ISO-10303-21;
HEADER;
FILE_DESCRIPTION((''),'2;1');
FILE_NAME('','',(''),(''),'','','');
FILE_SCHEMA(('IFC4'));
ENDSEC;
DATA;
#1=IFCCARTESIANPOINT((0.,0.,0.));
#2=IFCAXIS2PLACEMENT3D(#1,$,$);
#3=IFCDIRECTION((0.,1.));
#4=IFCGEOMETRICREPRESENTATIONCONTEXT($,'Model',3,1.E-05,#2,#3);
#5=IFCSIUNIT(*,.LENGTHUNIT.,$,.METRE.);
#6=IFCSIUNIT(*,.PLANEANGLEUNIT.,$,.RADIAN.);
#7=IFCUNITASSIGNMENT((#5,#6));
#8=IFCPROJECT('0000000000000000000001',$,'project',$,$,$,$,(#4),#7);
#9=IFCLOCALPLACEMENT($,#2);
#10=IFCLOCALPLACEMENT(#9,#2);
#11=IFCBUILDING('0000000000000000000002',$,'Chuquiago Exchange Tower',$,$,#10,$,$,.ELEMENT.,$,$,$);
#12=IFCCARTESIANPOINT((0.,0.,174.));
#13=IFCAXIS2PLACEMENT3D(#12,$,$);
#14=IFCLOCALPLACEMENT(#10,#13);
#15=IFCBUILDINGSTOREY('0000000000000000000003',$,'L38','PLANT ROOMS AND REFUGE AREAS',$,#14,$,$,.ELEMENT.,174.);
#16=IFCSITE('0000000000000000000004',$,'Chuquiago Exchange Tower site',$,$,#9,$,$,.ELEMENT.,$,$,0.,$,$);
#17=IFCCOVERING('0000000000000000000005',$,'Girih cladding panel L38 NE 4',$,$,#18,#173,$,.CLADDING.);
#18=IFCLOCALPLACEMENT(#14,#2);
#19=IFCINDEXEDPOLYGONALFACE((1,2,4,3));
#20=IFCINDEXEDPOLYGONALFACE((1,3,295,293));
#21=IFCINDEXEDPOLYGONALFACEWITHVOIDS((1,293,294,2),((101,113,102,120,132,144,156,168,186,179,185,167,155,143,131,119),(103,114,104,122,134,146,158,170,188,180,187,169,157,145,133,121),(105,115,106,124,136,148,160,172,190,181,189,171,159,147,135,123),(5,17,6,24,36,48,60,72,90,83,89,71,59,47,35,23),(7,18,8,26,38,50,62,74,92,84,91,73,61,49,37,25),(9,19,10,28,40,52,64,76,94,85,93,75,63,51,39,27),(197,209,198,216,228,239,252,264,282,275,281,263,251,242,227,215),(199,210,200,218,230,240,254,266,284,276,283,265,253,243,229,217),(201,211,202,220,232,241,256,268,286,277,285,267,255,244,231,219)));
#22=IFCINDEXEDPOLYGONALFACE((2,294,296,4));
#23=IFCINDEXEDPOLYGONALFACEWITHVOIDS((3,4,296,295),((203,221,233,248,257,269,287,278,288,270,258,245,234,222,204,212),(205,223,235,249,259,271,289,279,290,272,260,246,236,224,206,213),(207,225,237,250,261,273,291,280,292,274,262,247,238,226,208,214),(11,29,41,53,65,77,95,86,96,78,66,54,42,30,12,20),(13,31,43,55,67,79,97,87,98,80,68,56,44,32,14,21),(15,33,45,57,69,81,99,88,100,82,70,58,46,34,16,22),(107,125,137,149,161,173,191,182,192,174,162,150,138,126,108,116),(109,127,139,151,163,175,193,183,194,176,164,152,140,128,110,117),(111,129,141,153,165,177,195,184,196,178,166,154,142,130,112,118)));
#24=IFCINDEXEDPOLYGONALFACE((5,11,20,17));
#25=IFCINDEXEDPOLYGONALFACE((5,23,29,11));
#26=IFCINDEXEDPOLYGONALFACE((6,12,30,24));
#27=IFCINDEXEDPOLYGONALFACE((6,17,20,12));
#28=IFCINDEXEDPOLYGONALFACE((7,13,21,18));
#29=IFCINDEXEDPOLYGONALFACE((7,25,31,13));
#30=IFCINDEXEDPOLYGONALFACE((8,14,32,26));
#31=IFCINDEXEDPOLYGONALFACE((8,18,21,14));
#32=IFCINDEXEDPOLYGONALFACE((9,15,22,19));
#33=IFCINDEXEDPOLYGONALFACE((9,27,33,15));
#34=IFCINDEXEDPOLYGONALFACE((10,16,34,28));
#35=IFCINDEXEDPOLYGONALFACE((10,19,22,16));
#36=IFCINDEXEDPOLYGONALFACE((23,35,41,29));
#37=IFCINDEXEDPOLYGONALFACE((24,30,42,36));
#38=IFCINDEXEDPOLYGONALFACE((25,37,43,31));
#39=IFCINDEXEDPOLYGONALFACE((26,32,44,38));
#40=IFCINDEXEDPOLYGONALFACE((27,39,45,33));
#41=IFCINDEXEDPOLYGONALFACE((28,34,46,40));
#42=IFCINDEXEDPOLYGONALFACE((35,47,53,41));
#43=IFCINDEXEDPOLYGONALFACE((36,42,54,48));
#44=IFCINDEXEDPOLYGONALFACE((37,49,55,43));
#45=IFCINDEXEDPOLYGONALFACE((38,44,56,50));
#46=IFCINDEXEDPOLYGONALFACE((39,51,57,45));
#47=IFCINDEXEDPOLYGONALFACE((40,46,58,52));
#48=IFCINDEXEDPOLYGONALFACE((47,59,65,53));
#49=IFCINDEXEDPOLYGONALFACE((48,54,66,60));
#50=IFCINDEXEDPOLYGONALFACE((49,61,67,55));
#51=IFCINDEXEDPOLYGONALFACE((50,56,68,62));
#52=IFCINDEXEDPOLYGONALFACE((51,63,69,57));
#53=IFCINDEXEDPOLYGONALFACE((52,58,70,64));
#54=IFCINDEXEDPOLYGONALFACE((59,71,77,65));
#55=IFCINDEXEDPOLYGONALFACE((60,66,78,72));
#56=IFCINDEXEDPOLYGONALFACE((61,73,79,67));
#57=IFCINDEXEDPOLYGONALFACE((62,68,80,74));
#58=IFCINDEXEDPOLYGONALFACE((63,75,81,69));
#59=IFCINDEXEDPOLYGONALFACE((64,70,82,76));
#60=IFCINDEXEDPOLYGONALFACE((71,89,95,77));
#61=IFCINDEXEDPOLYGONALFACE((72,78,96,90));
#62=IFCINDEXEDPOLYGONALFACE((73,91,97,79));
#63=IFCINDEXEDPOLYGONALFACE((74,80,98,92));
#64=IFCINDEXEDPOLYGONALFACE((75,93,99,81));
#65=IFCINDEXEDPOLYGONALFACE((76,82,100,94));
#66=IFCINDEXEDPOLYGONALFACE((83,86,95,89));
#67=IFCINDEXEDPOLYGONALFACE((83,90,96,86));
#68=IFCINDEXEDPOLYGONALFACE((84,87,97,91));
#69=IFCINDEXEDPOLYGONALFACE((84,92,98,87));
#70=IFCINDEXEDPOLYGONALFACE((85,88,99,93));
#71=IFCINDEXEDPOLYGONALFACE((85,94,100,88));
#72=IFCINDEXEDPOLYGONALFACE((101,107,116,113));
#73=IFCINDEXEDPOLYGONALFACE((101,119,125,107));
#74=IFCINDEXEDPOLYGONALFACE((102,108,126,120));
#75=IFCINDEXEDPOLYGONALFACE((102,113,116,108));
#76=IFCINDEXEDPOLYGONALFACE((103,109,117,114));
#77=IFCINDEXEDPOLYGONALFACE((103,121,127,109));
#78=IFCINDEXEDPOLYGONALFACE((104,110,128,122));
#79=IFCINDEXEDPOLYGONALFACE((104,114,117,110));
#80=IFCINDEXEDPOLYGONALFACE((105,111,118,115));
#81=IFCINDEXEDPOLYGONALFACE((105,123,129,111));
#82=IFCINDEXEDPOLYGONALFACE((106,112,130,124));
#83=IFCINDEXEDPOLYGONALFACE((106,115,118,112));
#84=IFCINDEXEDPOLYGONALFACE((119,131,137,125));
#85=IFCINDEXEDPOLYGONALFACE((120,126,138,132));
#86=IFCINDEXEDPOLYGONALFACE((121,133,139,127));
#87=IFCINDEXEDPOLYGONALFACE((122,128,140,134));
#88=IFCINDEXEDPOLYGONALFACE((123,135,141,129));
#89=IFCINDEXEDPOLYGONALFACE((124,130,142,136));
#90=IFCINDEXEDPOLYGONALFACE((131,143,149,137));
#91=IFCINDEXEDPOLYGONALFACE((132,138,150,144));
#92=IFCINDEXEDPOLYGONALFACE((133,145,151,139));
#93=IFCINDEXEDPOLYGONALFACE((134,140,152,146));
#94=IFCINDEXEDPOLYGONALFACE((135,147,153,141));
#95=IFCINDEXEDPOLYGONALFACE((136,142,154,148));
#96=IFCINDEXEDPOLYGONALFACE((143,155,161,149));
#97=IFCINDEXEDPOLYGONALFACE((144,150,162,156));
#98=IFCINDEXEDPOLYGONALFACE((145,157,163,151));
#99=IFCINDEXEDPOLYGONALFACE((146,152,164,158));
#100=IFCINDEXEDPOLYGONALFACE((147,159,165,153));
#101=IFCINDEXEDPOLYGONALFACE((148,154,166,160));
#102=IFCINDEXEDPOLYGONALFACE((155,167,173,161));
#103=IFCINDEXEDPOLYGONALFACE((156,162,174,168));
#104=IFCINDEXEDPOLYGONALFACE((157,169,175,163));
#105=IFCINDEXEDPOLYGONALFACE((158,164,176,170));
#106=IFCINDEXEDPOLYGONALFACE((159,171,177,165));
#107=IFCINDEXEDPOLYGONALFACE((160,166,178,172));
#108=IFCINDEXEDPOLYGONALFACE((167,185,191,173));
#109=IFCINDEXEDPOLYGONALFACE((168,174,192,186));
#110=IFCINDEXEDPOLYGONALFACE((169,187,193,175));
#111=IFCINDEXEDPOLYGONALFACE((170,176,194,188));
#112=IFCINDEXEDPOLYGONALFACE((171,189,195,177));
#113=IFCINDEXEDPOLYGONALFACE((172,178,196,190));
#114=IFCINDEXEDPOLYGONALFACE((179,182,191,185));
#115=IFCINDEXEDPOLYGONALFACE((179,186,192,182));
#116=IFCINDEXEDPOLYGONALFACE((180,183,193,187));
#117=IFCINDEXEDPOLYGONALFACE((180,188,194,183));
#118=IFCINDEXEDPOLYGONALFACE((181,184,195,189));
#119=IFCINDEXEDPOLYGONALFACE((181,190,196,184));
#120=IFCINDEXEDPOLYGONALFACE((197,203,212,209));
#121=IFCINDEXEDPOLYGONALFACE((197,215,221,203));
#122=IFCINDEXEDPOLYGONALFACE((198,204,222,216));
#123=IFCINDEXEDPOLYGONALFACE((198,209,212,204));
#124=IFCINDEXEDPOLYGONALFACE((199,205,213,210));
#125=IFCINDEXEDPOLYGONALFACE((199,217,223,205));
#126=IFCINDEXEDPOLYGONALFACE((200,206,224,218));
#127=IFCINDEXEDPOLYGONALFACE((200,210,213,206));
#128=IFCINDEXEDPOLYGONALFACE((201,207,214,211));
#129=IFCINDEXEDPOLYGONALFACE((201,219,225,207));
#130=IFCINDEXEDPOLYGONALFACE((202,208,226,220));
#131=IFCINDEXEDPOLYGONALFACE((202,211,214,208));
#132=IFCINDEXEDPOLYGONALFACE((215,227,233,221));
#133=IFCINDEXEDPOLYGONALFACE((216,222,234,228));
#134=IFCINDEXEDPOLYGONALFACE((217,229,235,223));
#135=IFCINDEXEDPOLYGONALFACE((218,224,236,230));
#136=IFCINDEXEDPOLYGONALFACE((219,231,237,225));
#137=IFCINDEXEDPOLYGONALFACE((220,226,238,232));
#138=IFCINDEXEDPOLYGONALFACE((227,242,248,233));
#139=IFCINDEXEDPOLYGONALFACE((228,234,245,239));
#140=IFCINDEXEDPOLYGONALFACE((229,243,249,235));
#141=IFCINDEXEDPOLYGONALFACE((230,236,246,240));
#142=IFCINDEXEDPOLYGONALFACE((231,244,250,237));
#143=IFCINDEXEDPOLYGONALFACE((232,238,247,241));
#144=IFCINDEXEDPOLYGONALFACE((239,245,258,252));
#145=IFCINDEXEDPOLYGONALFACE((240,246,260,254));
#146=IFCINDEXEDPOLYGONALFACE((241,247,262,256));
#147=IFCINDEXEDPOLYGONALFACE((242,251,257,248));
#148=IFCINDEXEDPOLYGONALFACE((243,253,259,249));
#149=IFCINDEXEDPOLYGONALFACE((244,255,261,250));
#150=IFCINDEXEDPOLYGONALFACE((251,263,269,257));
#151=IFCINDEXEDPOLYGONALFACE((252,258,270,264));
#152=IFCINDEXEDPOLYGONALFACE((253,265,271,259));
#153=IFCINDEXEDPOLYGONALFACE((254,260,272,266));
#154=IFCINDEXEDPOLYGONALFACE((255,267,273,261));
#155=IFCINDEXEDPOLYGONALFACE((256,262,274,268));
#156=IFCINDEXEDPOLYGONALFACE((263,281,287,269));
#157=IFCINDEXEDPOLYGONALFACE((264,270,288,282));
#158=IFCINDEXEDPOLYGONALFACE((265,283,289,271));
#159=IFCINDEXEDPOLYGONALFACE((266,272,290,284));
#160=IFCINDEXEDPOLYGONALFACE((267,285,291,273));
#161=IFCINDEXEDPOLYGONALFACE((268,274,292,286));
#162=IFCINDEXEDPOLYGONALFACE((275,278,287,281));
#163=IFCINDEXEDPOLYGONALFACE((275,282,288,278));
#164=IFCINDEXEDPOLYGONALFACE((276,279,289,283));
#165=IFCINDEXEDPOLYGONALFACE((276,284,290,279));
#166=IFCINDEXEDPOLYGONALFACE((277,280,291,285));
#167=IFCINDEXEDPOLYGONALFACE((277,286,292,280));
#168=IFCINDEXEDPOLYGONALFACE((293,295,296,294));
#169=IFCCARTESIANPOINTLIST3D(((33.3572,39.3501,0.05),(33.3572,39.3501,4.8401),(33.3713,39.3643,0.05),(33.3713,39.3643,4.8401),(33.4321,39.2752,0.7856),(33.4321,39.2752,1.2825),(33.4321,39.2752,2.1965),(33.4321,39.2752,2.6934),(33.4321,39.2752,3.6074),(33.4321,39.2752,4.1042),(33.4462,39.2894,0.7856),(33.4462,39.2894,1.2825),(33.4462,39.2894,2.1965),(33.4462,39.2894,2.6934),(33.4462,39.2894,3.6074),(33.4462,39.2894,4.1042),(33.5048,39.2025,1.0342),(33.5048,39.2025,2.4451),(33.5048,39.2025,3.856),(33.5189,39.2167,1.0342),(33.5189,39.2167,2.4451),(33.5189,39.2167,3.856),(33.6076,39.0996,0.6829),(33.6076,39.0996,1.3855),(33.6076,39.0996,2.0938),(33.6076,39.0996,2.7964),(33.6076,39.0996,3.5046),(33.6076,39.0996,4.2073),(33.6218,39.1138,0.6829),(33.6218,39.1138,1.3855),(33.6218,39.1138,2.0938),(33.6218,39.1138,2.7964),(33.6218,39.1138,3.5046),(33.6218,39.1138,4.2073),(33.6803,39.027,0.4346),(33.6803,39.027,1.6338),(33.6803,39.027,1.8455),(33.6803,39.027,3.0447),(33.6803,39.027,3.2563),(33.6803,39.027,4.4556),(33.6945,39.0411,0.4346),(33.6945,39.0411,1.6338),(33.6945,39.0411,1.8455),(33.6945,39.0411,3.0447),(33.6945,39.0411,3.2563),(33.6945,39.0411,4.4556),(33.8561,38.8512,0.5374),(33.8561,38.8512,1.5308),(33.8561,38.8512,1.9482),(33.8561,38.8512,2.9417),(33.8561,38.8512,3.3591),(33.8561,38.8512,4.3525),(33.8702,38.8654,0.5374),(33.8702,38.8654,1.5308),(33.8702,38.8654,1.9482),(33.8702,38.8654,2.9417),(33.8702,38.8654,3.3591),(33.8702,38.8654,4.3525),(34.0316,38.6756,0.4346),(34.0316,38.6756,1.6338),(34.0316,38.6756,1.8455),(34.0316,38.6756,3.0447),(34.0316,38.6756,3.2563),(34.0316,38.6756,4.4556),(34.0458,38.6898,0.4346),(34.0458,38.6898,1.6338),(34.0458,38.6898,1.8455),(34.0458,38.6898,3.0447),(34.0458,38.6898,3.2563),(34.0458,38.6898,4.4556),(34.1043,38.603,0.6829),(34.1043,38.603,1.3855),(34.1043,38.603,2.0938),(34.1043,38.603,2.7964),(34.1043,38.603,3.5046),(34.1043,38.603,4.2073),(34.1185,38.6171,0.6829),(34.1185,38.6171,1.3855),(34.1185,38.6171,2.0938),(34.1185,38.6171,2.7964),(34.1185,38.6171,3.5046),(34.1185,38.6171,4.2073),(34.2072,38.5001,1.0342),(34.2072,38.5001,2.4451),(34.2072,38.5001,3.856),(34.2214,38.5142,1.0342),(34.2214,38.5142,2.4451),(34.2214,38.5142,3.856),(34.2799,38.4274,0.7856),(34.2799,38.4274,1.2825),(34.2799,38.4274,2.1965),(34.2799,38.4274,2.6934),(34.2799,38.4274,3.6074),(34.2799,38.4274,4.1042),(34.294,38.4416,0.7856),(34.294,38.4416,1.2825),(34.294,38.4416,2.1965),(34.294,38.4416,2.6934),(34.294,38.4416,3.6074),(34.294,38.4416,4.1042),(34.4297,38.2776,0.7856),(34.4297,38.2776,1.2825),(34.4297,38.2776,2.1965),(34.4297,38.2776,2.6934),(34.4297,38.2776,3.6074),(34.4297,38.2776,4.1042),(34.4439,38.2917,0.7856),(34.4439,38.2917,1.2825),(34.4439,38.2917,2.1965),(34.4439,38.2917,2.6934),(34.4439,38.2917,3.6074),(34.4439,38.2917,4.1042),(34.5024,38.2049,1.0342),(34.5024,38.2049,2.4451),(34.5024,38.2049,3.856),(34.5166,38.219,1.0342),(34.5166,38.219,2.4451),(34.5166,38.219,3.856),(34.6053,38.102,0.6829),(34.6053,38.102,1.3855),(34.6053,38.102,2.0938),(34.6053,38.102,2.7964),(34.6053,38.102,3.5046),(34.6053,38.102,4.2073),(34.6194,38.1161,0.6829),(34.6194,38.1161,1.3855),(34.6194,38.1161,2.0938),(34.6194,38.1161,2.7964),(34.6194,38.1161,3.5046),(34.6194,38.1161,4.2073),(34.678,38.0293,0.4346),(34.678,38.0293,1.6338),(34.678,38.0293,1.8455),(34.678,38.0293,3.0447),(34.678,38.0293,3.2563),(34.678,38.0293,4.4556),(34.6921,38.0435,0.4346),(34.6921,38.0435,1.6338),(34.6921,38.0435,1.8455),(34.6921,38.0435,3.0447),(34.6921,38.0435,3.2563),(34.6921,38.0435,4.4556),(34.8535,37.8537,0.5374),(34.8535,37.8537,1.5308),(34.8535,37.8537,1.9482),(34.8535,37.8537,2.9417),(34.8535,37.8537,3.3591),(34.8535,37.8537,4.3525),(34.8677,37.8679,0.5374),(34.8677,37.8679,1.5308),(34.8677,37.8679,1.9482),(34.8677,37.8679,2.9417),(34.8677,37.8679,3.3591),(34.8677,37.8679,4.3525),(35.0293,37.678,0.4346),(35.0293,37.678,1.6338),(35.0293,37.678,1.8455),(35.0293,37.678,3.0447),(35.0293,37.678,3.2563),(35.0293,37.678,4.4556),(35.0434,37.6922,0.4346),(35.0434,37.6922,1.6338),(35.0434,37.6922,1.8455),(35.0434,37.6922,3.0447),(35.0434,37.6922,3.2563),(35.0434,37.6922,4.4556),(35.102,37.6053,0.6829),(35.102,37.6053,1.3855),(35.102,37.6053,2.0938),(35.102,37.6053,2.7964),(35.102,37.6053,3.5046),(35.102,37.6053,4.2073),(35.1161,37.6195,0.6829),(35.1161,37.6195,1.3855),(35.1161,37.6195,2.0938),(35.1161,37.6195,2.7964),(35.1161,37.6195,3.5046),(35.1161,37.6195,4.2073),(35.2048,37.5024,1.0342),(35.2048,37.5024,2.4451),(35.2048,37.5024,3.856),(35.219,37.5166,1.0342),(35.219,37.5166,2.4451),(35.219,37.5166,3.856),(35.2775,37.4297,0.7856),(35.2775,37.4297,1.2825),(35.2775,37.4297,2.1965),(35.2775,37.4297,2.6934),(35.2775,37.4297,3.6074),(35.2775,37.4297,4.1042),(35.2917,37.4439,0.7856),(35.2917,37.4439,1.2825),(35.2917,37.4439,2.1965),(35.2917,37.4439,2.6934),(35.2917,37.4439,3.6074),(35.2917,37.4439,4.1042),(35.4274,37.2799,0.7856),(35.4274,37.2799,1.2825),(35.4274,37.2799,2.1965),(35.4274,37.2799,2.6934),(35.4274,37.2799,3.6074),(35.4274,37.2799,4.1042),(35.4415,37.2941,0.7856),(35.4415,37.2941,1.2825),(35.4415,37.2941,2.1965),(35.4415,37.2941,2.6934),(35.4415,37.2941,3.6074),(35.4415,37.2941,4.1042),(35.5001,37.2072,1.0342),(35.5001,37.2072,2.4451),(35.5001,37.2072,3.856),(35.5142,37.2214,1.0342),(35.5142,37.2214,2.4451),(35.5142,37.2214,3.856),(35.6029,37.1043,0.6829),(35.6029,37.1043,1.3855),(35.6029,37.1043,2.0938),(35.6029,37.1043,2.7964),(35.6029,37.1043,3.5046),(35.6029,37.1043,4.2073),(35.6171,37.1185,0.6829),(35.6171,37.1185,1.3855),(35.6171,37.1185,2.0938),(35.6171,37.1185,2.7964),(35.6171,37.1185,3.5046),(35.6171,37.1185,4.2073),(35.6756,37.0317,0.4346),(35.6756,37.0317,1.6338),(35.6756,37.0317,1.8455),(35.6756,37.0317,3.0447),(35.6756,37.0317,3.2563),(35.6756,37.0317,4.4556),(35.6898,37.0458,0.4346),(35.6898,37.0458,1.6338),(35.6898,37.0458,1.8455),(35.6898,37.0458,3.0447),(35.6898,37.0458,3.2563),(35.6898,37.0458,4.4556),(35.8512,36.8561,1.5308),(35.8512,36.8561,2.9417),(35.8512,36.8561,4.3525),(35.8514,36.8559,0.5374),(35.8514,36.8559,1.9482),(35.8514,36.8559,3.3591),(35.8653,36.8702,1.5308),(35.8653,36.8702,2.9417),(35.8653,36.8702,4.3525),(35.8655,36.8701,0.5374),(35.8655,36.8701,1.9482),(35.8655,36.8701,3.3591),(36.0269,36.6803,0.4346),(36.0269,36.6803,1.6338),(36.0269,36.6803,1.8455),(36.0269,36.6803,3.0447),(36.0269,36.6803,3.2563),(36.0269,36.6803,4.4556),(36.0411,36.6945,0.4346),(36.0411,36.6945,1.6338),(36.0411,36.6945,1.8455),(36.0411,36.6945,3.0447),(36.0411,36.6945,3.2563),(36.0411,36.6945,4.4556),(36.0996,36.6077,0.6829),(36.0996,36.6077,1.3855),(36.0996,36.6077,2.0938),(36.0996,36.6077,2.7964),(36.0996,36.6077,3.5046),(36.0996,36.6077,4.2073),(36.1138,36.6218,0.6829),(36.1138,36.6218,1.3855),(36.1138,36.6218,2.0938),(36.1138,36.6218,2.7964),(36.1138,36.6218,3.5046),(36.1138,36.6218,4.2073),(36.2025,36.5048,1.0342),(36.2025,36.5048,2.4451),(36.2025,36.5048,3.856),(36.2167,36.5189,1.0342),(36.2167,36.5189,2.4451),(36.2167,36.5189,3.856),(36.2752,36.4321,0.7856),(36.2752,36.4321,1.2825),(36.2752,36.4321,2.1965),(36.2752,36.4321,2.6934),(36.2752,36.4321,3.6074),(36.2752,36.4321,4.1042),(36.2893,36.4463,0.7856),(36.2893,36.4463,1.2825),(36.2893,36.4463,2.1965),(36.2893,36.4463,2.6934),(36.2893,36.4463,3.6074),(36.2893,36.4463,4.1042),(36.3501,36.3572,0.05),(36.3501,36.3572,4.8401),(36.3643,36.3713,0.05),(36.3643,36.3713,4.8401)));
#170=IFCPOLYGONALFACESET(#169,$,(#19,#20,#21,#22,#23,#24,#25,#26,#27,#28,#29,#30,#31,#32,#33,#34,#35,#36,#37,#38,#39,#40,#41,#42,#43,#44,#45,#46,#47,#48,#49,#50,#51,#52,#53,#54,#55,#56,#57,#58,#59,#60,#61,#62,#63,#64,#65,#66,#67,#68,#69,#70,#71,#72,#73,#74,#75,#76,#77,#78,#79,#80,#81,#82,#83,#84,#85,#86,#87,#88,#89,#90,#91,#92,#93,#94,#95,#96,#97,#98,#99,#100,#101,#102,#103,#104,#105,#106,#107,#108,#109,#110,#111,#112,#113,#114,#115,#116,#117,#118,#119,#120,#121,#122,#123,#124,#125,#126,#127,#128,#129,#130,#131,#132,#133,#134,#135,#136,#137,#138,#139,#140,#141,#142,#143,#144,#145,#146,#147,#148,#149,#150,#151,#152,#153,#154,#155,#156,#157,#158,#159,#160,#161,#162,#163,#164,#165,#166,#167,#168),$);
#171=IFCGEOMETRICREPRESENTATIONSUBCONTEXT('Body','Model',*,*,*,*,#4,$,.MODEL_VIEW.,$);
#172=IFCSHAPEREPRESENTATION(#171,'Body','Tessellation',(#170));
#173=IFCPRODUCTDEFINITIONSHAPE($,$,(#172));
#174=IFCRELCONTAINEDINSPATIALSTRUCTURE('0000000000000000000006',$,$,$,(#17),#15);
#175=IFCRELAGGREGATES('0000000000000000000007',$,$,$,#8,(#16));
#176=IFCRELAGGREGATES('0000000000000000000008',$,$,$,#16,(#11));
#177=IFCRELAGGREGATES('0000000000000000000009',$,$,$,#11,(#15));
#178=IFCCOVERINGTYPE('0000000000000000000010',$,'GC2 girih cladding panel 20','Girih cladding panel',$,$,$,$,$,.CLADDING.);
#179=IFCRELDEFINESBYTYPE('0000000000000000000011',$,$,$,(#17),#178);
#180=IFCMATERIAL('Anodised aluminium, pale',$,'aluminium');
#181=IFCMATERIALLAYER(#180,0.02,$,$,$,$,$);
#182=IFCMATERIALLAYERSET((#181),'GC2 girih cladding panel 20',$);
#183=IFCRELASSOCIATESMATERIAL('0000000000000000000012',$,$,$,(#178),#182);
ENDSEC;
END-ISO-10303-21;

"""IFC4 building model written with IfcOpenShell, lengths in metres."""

from ifc_helpers import new_model, si_unit, direction, frame, origin, place, context, subcontext, project, spatial, polyline, outline, extrude, material, layer, layer_set, type_object, element, save


model = new_model("IFC4")

# Units and contexts
model_context = context("Model", 3, precision=1e-05, world=origin(), true_north=direction((0.0, 1.0)))
body_context = subcontext(model_context, "Body", "Model", "MODEL_VIEW")
ifc_project = project(units=[si_unit("LENGTHUNIT", "METRE"), si_unit("PLANEANGLEUNIT", "RADIAN")], contexts=[model_context])

# Site, building, storey
site_placement = place(None, origin())
site = spatial("IfcSite", under=ifc_project, at=site_placement, Name="Chuquiago Exchange Tower site", CompositionType="ELEMENT", RefElevation=0.0)
building_placement = place(site_placement, origin())
building = spatial("IfcBuilding", under=site, at=building_placement, Name="Chuquiago Exchange Tower", CompositionType="ELEMENT")
storey_placement = place(building_placement, frame((0.0, 0.0, 174.0)))
storey = spatial("IfcBuildingStorey", under=building, at=storey_placement, Name="L38", Description="PLANT ROOMS AND REFUGE AREAS", CompositionType="ELEMENT", Elevation=174.0)

# Covering
ifc_material_1 = material(Name="Anodised aluminium, pale", Category="aluminium")
ifc_layer_1 = layer(ifc_material_1, 0.02)
ifc_layer_set_1 = layer_set([ifc_layer_1], Name="GC2 girih cladding panel 20")
covering_type = type_object("IfcCoveringType", Name="GC2 girih cladding panel 20", Description="Girih cladding panel", PredefinedType="CLADDING", material=ifc_layer_set_1)
covering_1_placement = place(storey_placement, frame((36.3501, 36.3572, 0.05), z_axis=(0.0, 0.0, 1.0), x_axis=(-0.707107, 0.707107, 0.0)))
element("IfcCovering", 1, at=covering_1_placement, inside=storey, type_object=covering_type, Name="Girih cladding panel L38 NE 4", PredefinedType="CLADDING", context=body_context, shape_type="SweptSolid", body=[
    extrude(outline(polyline([(0.0, 0.0), (4.2327, 0.0), (4.2327, 4.79), (0.0, 4.79), (0.0, 0.0)]), holes=[polyline([(1.2021, 0.9841), (1.3049, 1.2324), (1.0566, 1.3354), (0.9539, 1.5837), (0.7056, 1.4807), (0.457, 1.5837), (0.3542, 1.3354), (0.106, 1.2324), (0.2087, 0.9841), (0.106, 0.7356), (0.3542, 0.6328), (0.457, 0.3845), (0.7053, 0.4873), (0.9539, 0.3845), (1.0566, 0.6328), (1.3049, 0.7356), (1.2021, 0.9841)]), polyline([(2.613, 0.9841), (2.7158, 1.2324), (2.4675, 1.3354), (2.3647, 1.5837), (2.1165, 1.4807), (1.8679, 1.5837), (1.7651, 1.3354), (1.5168, 1.2324), (1.6196, 0.9841), (1.5168, 0.7356), (1.7651, 0.6328), (1.8679, 0.3845), (2.1165, 0.4873), (2.3647, 0.3845), (2.4675, 0.6328), (2.7158, 0.7356), (2.613, 0.9841)]), polyline([(4.0239, 0.9841), (4.1267, 1.2324), (3.8784, 1.3354), (3.7756, 1.5837), (3.5271, 1.4807), (3.2788, 1.5837), (3.176, 1.3354), (2.9277, 1.2324), (3.0305, 0.9841), (2.9277, 0.7356), (3.176, 0.6328), (3.2788, 0.3845), (3.5271, 0.4873), (3.7756, 0.3845), (3.8784, 0.6328), (4.1267, 0.7356), (4.0239, 0.9841)]), polyline([(1.2021, 2.395), (1.3049, 2.6433), (1.0566, 2.7463), (0.9539, 2.9946), (0.7056, 2.8916), (0.457, 2.9946), (0.3542, 2.7463), (0.106, 2.6433), (0.2087, 2.395), (0.106, 2.1465), (0.3542, 2.0437), (0.457, 1.7954), (0.7053, 1.8982), (0.9539, 1.7954), (1.0566, 2.0437), (1.3049, 2.1465), (1.2021, 2.395)]), polyline([(2.613, 2.395), (2.7158, 2.6433), (2.4675, 2.7463), (2.3647, 2.9946), (2.1165, 2.8916), (1.8679, 2.9946), (1.7651, 2.7463), (1.5168, 2.6433), (1.6196, 2.395), (1.5168, 2.1465), (1.7651, 2.0437), (1.8679, 1.7954), (2.1165, 1.8982), (2.3647, 1.7954), (2.4675, 2.0437), (2.7158, 2.1465), (2.613, 2.395)]), polyline([(4.0239, 2.395), (4.1267, 2.6433), (3.8784, 2.7463), (3.7756, 2.9946), (3.5271, 2.8916), (3.2788, 2.9946), (3.176, 2.7463), (2.9277, 2.6433), (3.0305, 2.395), (2.9277, 2.1465), (3.176, 2.0437), (3.2788, 1.7954), (3.5271, 1.8982), (3.7756, 1.7954), (3.8784, 2.0437), (4.1267, 2.1465), (4.0239, 2.395)]), polyline([(1.2021, 3.8059), (1.3049, 4.0542), (1.0566, 4.1572), (0.9539, 4.4055), (0.7056, 4.3025), (0.457, 4.4055), (0.3542, 4.1572), (0.106, 4.0542), (0.2087, 3.8059), (0.106, 3.5574), (0.3542, 3.4546), (0.457, 3.2063), (0.7053, 3.3091), (0.9539, 3.2063), (1.0566, 3.4546), (1.3049, 3.5574), (1.2021, 3.8059)]), polyline([(2.613, 3.8059), (2.7158, 4.0542), (2.4675, 4.1572), (2.3647, 4.4055), (2.1165, 4.3025), (1.8679, 4.4055), (1.7651, 4.1572), (1.5168, 4.0542), (1.6196, 3.8059), (1.5168, 3.5574), (1.7651, 3.4546), (1.8679, 3.2063), (2.1165, 3.3091), (2.3647, 3.2063), (2.4675, 3.4546), (2.7158, 3.5574), (2.613, 3.8059)]), polyline([(4.0239, 3.8059), (4.1267, 4.0542), (3.8784, 4.1572), (3.7756, 4.4055), (3.5271, 4.3025), (3.2788, 4.4055), (3.176, 4.1572), (2.9277, 4.0542), (3.0305, 3.8059), (2.9277, 3.5574), (3.176, 3.4546), (3.2788, 3.2063), (3.5271, 3.3091), (3.7756, 3.2063), (3.8784, 3.4546), (4.1267, 3.5574), (4.0239, 3.8059)])]), frame((0.0, 0.0, 0.0), z_axis=(0.0, -1.0, 0.0), x_axis=(1.0, 0.0, 0.0)), (0.0, 0.0, 1.0), 0.02),
])

save(model, "model.ifc")
